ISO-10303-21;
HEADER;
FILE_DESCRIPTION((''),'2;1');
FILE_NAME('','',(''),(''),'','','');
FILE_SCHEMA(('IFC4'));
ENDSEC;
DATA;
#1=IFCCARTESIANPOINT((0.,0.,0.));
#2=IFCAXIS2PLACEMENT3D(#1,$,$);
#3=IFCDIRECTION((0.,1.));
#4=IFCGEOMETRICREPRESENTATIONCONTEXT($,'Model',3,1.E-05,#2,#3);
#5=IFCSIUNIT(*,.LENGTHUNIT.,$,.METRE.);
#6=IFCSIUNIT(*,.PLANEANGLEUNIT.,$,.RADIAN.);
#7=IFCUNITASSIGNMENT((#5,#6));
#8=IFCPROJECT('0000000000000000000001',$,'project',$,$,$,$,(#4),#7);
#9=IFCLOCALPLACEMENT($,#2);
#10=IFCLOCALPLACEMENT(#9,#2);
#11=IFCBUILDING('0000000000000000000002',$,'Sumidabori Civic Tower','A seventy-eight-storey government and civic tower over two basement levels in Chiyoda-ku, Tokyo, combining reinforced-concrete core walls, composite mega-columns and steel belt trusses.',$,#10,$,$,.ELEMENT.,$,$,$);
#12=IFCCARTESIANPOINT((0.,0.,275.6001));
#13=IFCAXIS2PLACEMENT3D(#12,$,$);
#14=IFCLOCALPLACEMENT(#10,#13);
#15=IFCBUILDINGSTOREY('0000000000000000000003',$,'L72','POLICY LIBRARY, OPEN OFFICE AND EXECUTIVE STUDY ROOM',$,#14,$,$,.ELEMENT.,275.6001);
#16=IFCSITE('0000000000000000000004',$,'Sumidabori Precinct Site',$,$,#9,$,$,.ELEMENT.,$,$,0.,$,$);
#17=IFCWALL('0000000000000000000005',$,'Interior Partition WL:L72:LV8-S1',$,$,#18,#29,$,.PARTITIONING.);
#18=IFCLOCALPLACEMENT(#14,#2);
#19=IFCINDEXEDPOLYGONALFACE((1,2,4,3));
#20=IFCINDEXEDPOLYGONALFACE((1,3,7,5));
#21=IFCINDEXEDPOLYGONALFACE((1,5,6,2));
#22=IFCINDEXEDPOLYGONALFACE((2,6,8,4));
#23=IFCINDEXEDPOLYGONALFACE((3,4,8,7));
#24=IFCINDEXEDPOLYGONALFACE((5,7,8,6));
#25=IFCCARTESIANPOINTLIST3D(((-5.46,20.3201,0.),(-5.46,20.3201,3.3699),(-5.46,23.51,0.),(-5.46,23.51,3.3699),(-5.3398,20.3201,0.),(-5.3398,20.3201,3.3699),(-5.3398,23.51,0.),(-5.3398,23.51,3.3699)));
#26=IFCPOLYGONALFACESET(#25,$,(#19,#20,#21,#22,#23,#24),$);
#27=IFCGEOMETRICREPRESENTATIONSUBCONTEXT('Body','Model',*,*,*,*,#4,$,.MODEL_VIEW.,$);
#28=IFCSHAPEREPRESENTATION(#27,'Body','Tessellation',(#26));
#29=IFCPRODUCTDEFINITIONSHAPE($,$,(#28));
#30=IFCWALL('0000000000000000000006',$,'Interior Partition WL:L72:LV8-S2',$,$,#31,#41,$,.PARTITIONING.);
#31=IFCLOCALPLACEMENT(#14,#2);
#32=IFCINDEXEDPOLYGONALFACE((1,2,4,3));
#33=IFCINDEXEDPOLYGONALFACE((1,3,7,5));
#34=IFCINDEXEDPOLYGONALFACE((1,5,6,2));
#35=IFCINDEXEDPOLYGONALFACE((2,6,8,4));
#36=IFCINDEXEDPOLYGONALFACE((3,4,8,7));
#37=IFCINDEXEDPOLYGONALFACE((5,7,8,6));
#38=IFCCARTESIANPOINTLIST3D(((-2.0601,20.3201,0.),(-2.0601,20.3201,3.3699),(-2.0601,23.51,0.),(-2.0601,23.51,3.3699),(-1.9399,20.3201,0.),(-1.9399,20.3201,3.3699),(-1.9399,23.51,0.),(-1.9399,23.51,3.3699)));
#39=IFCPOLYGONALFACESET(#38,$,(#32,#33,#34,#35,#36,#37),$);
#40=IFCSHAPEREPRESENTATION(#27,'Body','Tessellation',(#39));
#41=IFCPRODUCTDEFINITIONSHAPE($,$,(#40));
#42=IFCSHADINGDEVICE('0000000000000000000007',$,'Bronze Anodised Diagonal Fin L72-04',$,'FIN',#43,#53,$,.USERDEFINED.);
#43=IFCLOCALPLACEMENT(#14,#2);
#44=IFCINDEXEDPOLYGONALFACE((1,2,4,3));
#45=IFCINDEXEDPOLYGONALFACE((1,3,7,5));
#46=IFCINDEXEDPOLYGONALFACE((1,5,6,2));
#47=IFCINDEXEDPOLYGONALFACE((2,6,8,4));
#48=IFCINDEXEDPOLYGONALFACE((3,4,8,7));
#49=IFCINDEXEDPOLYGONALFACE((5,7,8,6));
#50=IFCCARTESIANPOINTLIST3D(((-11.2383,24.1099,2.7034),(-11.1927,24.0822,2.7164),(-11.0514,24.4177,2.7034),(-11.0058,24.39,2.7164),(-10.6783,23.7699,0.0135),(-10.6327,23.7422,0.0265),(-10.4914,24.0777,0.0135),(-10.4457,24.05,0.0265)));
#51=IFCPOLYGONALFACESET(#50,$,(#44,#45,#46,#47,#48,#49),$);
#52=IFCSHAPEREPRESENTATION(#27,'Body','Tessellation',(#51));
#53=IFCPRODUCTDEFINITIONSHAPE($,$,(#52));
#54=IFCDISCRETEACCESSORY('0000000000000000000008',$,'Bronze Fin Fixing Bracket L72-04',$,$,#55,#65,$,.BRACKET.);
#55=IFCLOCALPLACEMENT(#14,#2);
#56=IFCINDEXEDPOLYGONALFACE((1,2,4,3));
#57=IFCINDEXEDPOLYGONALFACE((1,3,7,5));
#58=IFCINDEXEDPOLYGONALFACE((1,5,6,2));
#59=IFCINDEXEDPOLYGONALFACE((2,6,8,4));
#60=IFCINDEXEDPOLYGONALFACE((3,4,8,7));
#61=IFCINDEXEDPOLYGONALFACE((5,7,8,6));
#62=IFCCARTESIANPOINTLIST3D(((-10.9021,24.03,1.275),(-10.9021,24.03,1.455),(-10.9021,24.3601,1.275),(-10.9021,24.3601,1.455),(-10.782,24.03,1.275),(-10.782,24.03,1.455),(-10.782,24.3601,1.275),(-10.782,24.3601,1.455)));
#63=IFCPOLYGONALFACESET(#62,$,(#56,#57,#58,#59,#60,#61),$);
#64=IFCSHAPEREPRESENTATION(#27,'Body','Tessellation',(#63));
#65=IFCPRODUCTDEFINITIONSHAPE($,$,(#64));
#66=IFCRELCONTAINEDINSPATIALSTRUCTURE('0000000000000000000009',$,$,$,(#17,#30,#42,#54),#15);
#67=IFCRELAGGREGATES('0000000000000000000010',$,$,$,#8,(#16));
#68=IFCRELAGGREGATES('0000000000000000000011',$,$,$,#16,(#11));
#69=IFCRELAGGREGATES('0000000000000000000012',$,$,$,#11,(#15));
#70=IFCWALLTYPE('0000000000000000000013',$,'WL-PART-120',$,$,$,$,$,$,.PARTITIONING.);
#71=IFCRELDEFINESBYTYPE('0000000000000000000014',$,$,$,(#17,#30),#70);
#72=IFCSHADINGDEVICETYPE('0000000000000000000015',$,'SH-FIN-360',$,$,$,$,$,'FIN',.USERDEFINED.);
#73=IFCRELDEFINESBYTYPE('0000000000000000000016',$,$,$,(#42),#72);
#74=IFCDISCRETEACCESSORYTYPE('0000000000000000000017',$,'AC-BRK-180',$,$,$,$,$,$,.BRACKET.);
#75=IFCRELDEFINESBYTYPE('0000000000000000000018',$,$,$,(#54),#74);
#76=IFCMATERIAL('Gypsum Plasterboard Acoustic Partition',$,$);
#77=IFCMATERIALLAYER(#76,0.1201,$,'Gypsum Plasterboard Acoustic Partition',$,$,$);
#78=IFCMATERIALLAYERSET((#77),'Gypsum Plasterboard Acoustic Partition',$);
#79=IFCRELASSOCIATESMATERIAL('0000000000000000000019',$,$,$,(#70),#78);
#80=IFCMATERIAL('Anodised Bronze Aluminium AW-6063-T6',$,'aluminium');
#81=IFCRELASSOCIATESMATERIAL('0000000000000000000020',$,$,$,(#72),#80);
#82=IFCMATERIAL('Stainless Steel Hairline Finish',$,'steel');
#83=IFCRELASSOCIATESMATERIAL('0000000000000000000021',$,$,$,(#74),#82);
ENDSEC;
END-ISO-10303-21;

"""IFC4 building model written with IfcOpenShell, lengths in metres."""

from ifc_helpers import new_model, si_unit, direction, frame, frame_2d, origin, origin_2d, place, context, subcontext, project, spatial, rectangle, extrude, source, transform, mapped, material, layer, layer_set, material_profile, profile_set, type_object, element, save


model = new_model("IFC4")

# Units and contexts
model_context = context("Model", 3, precision=1e-05, world=origin(), true_north=direction((0.0, 1.0)))
body_context = subcontext(model_context, "Body", "Model", "MODEL_VIEW")
ifc_project = project(units=[si_unit("LENGTHUNIT", "METRE"), si_unit("PLANEANGLEUNIT", "RADIAN")], contexts=[model_context])

# Site, building, storey
site_placement = place(None, origin())
site = spatial("IfcSite", under=ifc_project, at=site_placement, Name="Sumidabori Precinct Site", CompositionType="ELEMENT", RefElevation=0.0)
building_placement = place(site_placement, origin())
building = spatial("IfcBuilding", under=site, at=building_placement, Name="Sumidabori Civic Tower", Description="A seventy-eight-storey government and civic tower over two basement levels in Chiyoda-ku, Tokyo, combining reinforced-concrete core walls, composite mega-columns and steel belt trusses.", CompositionType="ELEMENT")
storey_placement = place(building_placement, frame((0.0, 0.0, 275.6001)))
storey = spatial("IfcBuildingStorey", under=building, at=storey_placement, Name="L72", Description="POLICY LIBRARY, OPEN OFFICE AND EXECUTIVE STUDY ROOM", CompositionType="ELEMENT", Elevation=275.6001)

# Shared definitions
ifc_material_1 = material(Name="Anodised Bronze Aluminium AW-6063-T6", Category="aluminium")

# Shared definitions
ifc_material_2 = material(Name="Gypsum Plasterboard Acoustic Partition")

# Walls
ifc_layer_1 = layer(ifc_material_2, 0.1201, Name="Gypsum Plasterboard Acoustic Partition")
ifc_layer_set_1 = layer_set([ifc_layer_1], Name="Gypsum Plasterboard Acoustic Partition")
wall_type_1 = type_object("IfcWallType", Name="WL-PART-120", PredefinedType="PARTITIONING", material=ifc_layer_set_1)
shared_shape_1 = source(origin(), body_context, "Body", "SweptSolid", [
    extrude(rectangle(XDim=3.1899, YDim=0.1201, at=frame_2d((1.595, 0.0))), origin(), (0.0, 0.0, 1.0), 3.3699),
])
for number, where, z_axis, x_axis, name in (
    (1, (-5.3999, 20.3201, 0.0), (0.0, 0.0, 1.0), (0.0, 1.0, 0.0), "Interior Partition WL:L72:LV8-S1"),
    (2, (-2.0, 20.3201, 0.0), (0.0, 0.0, 1.0), (0.0, 1.0, 0.0), "Interior Partition WL:L72:LV8-S2"),
):
    element("IfcWall", number, at=place(storey_placement, frame(where, z_axis=z_axis, x_axis=x_axis)), inside=storey, type_object=wall_type_1, Name=name, PredefinedType="PARTITIONING", context=body_context, shape_type="MappedRepresentation", body=[
        mapped(shared_shape_1, transform((0.0, 0.0, 0.0), x_axis=(1.0, 0.0, 0.0), y_axis=(0.0, 1.0, 0.0), z_axis=(0.0, 0.0, 1.0), scale=1.0)),
    ])

# Shading device
ifc_material_profile_1 = material_profile(ifc_material_1, rectangle(XDim=0.0549, YDim=0.3601, at=origin_2d()), Name="BRONZE FIN 360x55")
ifc_profile_set_1 = profile_set([ifc_material_profile_1], Name="Anodised Bronze Aluminium AW-6063-T6")
shading_device_type = type_object("IfcShadingDeviceType", Name="SH-FIN-360", ElementType="FIN", PredefinedType="USERDEFINED", material=ifc_profile_set_1)
shared_shape_2 = source(origin(), body_context, "Body", "SweptSolid", [
    extrude(rectangle(XDim=0.0549, YDim=0.3601, at=origin_2d()), origin(), (0.0, 0.0, 1.0), 2.7686),
])
shading_device_placement = place(storey_placement, frame((-10.562, 23.9099, 0.02), z_axis=(-0.20229, 0.122838, 0.971591), x_axis=(0.83047, -0.504291, 0.236665)))
element("IfcShadingDevice", 3, at=shading_device_placement, inside=storey, type_object=shading_device_type, Name="Bronze Anodised Diagonal Fin L72-04", ObjectType="FIN", PredefinedType="USERDEFINED", context=body_context, shape_type="MappedRepresentation", body=[
    mapped(shared_shape_2, transform((0.0, 0.0, 0.0), x_axis=(1.0, 0.0, 0.0), y_axis=(0.0, 1.0, 0.0), z_axis=(0.0, 0.0, 1.0), scale=1.0)),
])

# Discrete accessory
ifc_material_3 = material(Name="Stainless Steel Hairline Finish", Category="steel")
ifc_material_profile_2 = material_profile(ifc_material_3, rectangle(XDim=0.1201, YDim=0.1799, at=origin_2d()), Name="STEEL BRACKET 180x120")
ifc_profile_set_2 = profile_set([ifc_material_profile_2], Name="Stainless Steel Hairline Finish")
discrete_accessory_type = type_object("IfcDiscreteAccessoryType", Name="AC-BRK-180", PredefinedType="BRACKET", material=ifc_profile_set_2)
shared_shape_3 = source(origin(), body_context, "Body", "SweptSolid", [
    extrude(rectangle(XDim=0.1201, YDim=0.1799, at=origin_2d()), origin(), (0.0, 0.0, 1.0), 0.3301),
])
discrete_accessory_placement = place(storey_placement, frame((-10.842, 24.03, 1.365), z_axis=(0.0, 1.0, 0.0), x_axis=(-1.0, 0.0, 0.0)))
element("IfcDiscreteAccessory", 4, at=discrete_accessory_placement, inside=storey, type_object=discrete_accessory_type, Name="Bronze Fin Fixing Bracket L72-04", PredefinedType="BRACKET", context=body_context, shape_type="MappedRepresentation", body=[
    mapped(shared_shape_3, transform((0.0, 0.0, 0.0), x_axis=(1.0, 0.0, 0.0), y_axis=(0.0, 1.0, 0.0), z_axis=(0.0, 0.0, 1.0), scale=1.0)),
])

save(model, "model.ifc")
